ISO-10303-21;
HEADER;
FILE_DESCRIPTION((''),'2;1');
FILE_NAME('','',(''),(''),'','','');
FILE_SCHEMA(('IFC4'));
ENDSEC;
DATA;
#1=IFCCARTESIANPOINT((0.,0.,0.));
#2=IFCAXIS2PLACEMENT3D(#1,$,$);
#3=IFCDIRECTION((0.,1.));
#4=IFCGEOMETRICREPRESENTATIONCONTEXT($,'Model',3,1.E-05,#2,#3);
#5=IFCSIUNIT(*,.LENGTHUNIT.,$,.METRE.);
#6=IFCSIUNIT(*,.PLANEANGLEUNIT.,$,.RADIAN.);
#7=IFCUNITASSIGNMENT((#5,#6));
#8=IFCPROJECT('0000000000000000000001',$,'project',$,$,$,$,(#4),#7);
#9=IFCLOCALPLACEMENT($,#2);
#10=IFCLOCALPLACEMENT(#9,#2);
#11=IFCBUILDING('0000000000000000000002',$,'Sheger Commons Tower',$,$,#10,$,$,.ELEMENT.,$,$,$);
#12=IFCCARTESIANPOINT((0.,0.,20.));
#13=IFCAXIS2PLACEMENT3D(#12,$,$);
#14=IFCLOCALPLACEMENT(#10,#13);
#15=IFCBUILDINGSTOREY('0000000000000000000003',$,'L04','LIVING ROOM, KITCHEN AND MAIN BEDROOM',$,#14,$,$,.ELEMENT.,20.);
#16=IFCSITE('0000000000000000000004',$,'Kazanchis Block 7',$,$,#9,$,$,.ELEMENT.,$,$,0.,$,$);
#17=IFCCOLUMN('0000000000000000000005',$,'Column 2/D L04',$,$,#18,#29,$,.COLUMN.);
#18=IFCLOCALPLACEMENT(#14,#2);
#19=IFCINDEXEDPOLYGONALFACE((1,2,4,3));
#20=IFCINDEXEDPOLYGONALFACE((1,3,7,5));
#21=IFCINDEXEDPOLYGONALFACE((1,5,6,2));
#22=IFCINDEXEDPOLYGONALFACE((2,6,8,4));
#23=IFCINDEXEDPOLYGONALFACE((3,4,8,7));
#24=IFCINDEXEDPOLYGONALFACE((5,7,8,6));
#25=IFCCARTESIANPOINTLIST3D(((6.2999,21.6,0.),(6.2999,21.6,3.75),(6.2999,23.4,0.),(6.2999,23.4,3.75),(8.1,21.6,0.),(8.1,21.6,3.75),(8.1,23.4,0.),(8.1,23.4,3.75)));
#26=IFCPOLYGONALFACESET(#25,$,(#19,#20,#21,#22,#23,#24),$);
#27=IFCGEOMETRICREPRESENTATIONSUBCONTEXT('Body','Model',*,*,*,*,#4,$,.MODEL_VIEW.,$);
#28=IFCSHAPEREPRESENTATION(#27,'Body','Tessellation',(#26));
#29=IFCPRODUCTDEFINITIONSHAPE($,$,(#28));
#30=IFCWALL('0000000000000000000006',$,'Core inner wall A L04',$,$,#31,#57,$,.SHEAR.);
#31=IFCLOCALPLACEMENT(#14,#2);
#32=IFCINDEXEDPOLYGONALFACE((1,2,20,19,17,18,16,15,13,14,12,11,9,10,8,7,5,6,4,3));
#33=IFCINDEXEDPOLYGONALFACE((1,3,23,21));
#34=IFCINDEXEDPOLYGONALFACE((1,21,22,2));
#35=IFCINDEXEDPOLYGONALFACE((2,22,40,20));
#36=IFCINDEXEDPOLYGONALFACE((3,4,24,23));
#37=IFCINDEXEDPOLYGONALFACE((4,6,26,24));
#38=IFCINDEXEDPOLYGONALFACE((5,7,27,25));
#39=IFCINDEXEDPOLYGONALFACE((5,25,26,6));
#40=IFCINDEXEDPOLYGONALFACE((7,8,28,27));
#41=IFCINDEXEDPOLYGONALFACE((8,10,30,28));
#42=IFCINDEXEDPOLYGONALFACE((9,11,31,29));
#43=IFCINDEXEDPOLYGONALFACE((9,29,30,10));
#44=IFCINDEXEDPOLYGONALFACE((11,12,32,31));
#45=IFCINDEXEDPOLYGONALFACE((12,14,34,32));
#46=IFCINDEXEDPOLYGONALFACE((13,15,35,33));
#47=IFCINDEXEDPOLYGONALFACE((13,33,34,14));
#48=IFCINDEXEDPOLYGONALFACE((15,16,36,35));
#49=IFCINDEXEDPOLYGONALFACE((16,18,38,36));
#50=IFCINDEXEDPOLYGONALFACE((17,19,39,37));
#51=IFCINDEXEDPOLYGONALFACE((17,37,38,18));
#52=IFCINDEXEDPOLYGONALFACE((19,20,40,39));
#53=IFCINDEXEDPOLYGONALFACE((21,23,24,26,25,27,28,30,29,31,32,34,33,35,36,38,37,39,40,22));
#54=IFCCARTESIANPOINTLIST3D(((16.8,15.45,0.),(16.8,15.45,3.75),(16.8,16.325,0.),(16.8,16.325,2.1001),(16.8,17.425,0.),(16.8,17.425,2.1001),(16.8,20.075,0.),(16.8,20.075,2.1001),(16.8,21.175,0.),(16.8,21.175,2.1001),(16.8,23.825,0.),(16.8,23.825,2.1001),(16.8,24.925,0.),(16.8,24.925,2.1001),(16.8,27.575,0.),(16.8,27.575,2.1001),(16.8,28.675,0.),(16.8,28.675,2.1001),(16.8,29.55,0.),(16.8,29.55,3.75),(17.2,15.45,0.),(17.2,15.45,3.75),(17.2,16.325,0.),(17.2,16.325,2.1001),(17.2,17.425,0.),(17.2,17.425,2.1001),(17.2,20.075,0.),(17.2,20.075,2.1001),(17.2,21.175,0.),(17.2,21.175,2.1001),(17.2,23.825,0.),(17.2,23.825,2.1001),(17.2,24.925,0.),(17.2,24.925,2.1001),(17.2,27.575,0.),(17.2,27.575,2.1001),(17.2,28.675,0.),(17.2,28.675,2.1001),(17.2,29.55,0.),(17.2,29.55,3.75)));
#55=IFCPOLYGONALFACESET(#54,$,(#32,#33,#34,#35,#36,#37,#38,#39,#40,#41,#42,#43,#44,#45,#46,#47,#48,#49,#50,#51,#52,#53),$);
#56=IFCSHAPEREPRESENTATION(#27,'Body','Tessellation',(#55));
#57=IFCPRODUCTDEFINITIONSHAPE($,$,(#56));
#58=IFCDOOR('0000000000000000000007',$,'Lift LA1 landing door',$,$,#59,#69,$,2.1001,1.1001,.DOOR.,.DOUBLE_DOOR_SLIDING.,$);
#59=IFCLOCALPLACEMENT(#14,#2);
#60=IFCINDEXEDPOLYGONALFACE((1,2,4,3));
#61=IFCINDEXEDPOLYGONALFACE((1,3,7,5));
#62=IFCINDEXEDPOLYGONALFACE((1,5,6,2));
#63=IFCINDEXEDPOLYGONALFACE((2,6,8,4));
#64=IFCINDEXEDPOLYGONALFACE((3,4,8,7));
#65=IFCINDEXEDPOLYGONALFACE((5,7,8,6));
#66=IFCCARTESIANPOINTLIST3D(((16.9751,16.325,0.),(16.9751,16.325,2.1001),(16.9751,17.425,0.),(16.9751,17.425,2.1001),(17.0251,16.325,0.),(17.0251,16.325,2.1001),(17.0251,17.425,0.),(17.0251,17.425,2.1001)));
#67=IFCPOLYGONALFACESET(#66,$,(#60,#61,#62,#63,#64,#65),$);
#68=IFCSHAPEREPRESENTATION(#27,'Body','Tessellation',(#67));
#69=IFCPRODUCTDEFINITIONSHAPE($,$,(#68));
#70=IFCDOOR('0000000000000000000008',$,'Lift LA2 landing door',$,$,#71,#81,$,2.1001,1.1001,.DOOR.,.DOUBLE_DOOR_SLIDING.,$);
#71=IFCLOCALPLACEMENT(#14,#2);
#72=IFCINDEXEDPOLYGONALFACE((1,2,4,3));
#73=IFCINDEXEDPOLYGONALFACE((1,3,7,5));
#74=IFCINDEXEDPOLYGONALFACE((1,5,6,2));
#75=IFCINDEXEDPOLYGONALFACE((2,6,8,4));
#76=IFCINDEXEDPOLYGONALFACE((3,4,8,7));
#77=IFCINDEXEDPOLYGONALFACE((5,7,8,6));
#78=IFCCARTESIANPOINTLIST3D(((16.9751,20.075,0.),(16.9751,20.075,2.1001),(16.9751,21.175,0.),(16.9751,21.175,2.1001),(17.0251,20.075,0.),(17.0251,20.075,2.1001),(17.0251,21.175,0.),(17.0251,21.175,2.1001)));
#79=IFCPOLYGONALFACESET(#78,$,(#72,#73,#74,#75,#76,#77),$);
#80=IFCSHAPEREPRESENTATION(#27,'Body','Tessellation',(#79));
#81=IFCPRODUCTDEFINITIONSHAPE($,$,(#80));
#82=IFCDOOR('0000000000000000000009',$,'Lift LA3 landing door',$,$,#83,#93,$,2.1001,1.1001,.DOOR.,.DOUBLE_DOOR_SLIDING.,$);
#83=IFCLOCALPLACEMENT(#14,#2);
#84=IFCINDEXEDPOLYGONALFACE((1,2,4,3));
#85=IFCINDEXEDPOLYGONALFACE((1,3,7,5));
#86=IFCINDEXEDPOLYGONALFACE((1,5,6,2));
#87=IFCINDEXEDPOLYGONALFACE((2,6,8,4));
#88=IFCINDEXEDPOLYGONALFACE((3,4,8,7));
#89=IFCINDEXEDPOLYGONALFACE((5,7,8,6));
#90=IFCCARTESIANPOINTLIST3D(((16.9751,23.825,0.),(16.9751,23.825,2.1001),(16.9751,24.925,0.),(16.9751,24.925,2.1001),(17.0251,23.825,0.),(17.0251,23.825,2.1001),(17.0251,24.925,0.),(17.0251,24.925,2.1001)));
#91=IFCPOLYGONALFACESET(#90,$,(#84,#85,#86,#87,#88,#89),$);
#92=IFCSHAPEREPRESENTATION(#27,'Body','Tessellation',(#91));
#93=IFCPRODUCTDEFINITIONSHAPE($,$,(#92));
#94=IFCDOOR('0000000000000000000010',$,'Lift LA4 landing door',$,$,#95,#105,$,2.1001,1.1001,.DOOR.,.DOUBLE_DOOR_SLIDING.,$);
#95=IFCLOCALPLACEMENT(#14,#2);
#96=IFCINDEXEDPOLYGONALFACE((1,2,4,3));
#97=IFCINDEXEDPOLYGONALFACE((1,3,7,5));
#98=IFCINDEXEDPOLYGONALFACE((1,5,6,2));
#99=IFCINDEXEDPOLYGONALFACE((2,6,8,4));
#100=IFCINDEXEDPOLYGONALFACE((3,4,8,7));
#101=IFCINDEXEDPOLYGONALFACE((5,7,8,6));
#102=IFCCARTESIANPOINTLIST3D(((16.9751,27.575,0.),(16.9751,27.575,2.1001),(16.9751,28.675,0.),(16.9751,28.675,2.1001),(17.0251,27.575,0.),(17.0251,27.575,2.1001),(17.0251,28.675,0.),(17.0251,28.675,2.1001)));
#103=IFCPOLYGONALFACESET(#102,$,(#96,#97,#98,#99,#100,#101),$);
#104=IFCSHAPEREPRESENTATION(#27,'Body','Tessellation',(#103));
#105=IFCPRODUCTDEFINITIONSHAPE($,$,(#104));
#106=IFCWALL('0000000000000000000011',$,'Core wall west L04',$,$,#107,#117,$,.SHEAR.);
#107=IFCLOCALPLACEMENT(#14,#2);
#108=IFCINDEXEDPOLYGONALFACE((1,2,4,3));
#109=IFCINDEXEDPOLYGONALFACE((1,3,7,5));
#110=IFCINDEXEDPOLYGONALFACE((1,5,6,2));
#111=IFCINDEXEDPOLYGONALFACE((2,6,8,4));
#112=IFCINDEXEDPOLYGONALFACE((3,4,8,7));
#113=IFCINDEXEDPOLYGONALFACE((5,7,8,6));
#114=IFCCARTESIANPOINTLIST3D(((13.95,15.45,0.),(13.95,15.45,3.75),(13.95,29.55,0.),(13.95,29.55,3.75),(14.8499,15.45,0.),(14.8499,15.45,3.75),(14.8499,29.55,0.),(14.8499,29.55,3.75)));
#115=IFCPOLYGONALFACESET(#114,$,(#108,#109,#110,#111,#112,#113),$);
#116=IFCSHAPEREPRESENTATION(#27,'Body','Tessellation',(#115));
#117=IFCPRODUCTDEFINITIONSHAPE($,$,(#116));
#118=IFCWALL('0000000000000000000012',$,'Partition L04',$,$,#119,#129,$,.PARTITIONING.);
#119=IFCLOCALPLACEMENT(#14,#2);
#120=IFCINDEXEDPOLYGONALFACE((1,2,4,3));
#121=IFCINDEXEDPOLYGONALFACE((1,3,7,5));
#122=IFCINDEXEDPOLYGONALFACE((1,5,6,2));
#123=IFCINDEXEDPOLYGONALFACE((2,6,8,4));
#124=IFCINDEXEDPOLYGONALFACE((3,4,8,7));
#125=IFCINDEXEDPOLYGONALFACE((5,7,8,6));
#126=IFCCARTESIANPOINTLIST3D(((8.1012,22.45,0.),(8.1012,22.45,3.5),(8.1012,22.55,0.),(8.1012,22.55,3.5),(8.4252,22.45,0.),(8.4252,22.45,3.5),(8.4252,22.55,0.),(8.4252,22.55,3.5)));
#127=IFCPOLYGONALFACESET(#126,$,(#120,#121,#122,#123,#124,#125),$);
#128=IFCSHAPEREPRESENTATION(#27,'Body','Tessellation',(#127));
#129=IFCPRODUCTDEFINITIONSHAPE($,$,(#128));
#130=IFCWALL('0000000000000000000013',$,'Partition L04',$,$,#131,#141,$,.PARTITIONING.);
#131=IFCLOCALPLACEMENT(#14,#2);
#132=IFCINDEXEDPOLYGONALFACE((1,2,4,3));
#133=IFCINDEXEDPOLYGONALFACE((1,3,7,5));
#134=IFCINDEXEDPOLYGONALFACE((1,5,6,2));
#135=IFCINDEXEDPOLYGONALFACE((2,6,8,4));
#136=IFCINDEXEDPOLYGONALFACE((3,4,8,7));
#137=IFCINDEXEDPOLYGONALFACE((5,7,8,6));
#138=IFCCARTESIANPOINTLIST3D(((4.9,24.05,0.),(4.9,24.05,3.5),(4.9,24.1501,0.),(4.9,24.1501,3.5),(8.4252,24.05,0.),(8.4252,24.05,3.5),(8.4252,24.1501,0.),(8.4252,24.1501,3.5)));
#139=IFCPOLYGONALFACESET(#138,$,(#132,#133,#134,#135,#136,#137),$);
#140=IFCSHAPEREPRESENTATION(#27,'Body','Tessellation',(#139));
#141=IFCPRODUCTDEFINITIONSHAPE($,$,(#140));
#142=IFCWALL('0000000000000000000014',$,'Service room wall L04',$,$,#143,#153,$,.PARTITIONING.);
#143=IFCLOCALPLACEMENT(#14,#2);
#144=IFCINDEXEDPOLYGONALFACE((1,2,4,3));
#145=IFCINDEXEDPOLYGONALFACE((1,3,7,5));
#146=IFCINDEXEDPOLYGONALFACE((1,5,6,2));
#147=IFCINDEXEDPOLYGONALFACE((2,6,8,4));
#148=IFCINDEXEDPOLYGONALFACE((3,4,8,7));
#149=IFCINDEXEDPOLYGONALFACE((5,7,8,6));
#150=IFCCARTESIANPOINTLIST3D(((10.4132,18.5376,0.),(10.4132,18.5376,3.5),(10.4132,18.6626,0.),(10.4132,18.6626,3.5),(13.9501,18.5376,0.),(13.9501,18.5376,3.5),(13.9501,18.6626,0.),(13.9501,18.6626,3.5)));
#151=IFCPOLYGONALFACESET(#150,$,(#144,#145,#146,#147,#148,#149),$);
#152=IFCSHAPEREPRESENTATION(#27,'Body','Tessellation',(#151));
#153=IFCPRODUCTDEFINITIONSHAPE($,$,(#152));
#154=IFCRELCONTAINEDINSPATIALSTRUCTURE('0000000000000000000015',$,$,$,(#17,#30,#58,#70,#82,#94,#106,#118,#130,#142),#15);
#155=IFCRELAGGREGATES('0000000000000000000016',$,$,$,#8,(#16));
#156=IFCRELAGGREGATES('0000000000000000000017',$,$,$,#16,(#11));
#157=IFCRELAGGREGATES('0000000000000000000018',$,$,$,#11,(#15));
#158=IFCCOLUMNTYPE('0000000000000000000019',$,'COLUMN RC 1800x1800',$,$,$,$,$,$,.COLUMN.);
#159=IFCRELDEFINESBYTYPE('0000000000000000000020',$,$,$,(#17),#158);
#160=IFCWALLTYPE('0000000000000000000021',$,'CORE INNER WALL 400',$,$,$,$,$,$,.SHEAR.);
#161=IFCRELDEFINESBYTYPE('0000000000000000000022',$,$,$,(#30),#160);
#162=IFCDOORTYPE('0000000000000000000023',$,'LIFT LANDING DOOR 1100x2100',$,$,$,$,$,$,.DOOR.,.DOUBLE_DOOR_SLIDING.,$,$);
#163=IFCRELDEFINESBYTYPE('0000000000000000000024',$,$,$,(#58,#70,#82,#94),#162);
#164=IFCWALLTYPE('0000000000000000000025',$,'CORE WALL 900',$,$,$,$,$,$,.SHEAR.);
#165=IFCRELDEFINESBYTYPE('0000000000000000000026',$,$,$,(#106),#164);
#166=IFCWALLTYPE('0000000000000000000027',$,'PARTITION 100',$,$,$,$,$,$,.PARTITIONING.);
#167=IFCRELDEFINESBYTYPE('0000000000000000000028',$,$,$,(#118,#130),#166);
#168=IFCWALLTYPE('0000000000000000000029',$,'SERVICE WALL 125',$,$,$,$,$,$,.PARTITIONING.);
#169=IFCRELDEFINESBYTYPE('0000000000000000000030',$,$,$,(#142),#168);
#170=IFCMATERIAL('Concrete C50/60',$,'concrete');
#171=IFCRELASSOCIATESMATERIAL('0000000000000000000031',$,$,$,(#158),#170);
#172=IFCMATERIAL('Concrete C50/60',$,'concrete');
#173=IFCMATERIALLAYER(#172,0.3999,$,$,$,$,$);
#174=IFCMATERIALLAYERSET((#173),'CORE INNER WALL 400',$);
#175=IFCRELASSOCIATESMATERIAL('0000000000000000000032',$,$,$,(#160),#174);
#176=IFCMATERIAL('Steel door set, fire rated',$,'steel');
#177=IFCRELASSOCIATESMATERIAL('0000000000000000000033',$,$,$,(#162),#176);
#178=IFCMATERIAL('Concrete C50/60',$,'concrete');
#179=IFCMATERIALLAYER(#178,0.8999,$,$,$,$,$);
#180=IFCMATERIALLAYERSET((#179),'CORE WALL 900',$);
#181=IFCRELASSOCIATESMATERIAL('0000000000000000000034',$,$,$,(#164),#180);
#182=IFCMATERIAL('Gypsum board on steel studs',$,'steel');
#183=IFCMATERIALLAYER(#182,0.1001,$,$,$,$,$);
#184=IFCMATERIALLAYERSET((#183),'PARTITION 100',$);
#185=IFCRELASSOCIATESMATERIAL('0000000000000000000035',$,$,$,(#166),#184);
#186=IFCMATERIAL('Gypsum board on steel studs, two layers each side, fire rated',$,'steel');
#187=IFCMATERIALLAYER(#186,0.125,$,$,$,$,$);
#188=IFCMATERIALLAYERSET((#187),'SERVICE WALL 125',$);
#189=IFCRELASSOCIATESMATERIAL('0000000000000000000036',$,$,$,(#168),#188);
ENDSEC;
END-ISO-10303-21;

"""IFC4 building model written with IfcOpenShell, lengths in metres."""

from ifc_helpers import new_model, si_unit, direction, frame, frame_2d, origin, origin_2d, place, context, subcontext, project, spatial, rectangle, extrude, material, layer, layer_set, material_profile, profile_set, type_object, element, fill, save


model = new_model("IFC4")

# Units and contexts
model_context = context("Model", 3, precision=1e-05, world=origin(), true_north=direction((0.0, 1.0)))
body_context = subcontext(model_context, "Body", "Model", "MODEL_VIEW")
ifc_project = project(units=[si_unit("LENGTHUNIT", "METRE"), si_unit("PLANEANGLEUNIT", "RADIAN")], contexts=[model_context])

# Site, building, storey
site_placement = place(None, origin())
site = spatial("IfcSite", under=ifc_project, at=site_placement, Name="Kazanchis Block 7", CompositionType="ELEMENT", RefElevation=0.0)
building_placement = place(site_placement, origin())
building = spatial("IfcBuilding", under=site, at=building_placement, Name="Sheger Commons Tower", CompositionType="ELEMENT")
storey_placement = place(building_placement, frame((0.0, 0.0, 20.0)))
storey = spatial("IfcBuildingStorey", under=building, at=storey_placement, Name="L04", Description="LIVING ROOM, KITCHEN AND MAIN BEDROOM", CompositionType="ELEMENT", Elevation=20.0)

# Column
ifc_material_1 = material(Name="Concrete C50/60", Category="concrete")
ifc_material_profile = material_profile(ifc_material_1, rectangle(XDim=1.8, YDim=1.8, at=origin_2d()), Name="RC 1800x1800")
ifc_profile_set = profile_set([ifc_material_profile], Name="Concrete C50/60")
column_type = type_object("IfcColumnType", Name="COLUMN RC 1800x1800", PredefinedType="COLUMN", material=ifc_profile_set)
column_placement = place(storey_placement, frame((7.2, 22.5, 0.0), z_axis=(0.0, 0.0, 1.0), x_axis=(1.0, 0.0, 0.0)))
element("IfcColumn", 1, at=column_placement, inside=storey, type_object=column_type, Name="Column 2/D L04", PredefinedType="COLUMN", context=body_context, shape_type="SweptSolid", body=[
    extrude(rectangle(XDim=1.8, YDim=1.8, at=origin_2d()), origin(), (0.0, 0.0, 1.0), 3.75),
])

# Wall, openings, doors
ifc_material_2 = material(Name="Concrete C50/60", Category="concrete")
ifc_layer_1 = layer(ifc_material_2, 0.3999)
ifc_layer_set_1 = layer_set([ifc_layer_1], Name="CORE INNER WALL 400")
wall_type_1 = type_object("IfcWallType", Name="CORE INNER WALL 400", PredefinedType="SHEAR", material=ifc_layer_set_1)
wall_1_placement = place(storey_placement, frame((17.0, 15.45, 0.0), z_axis=(0.0, 0.0, 1.0), x_axis=(0.0, 1.0, 0.0)))
wall_1 = element("IfcWall", 2, at=wall_1_placement, inside=storey, type_object=wall_type_1, Name="Core inner wall A L04", PredefinedType="SHEAR", context=body_context, shape_type="SweptSolid", body=[
    extrude(rectangle(XDim=14.1001, YDim=0.3999, at=frame_2d((7.05, 0.0))), origin(), (0.0, 0.0, 1.0), 3.75),
])
opening_1_placement = place(wall_1_placement, frame((0.875, 0.0, 0.0)))
opening_1 = element("IfcOpeningElement", 3, at=opening_1_placement, cuts=wall_1, PredefinedType="OPENING", context=body_context, shape_type="SweptSolid", body=[
    extrude(rectangle(XDim=1.1001, YDim=2.1001, at=frame_2d((0.55, 1.05))), frame((0.0, 0.21, 0.0), z_axis=(0.0, -1.0, 0.0), x_axis=(1.0, 0.0, 0.0)), (0.0, 0.0, 1.0), 0.4199),
])
opening_2_placement = place(wall_1_placement, frame((4.625, 0.0, 0.0)))
opening_2 = element("IfcOpeningElement", 4, at=opening_2_placement, cuts=wall_1, PredefinedType="OPENING", context=body_context, shape_type="SweptSolid", body=[
    extrude(rectangle(XDim=1.1001, YDim=2.1001, at=frame_2d((0.55, 1.05))), frame((0.0, 0.21, 0.0), z_axis=(0.0, -1.0, 0.0), x_axis=(1.0, 0.0, 0.0)), (0.0, 0.0, 1.0), 0.4199),
])
opening_3_placement = place(wall_1_placement, frame((8.375, 0.0, 0.0)))
opening_3 = element("IfcOpeningElement", 5, at=opening_3_placement, cuts=wall_1, PredefinedType="OPENING", context=body_context, shape_type="SweptSolid", body=[
    extrude(rectangle(XDim=1.1001, YDim=2.1001, at=frame_2d((0.55, 1.05))), frame((0.0, 0.21, 0.0), z_axis=(0.0, -1.0, 0.0), x_axis=(1.0, 0.0, 0.0)), (0.0, 0.0, 1.0), 0.4199),
])
opening_4_placement = place(wall_1_placement, frame((12.125, 0.0, 0.0)))
opening_4 = element("IfcOpeningElement", 6, at=opening_4_placement, cuts=wall_1, PredefinedType="OPENING", context=body_context, shape_type="SweptSolid", body=[
    extrude(rectangle(XDim=1.1001, YDim=2.1001, at=frame_2d((0.55, 1.05))), frame((0.0, 0.21, 0.0), z_axis=(0.0, -1.0, 0.0), x_axis=(1.0, 0.0, 0.0)), (0.0, 0.0, 1.0), 0.4199),
])
ifc_material_3 = material(Name="Steel door set, fire rated", Category="steel")
door_type_1 = type_object("IfcDoorType", Name="LIFT LANDING DOOR 1100x2100", OperationType="DOUBLE_DOOR_SLIDING", PredefinedType="DOOR", material=ifc_material_3)
door_1_placement = place(opening_1_placement, origin())
door_1 = element("IfcDoor", 7, at=door_1_placement, inside=storey, type_object=door_type_1, Name="Lift LA1 landing door", OperationType="DOUBLE_DOOR_SLIDING", OverallHeight=2.1001, OverallWidth=1.1001, PredefinedType="DOOR", context=body_context, shape_type="SweptSolid", body=[
    extrude(rectangle(XDim=1.1001, YDim=2.1001, at=frame_2d((0.55, 1.05))), frame((0.0, 0.0249, 0.0), z_axis=(0.0, -1.0, 0.0), x_axis=(1.0, 0.0, 0.0)), (0.0, 0.0, 1.0), 0.05),
])
fill(opening_1, door_1)
door_2_placement = place(opening_2_placement, origin())
door_2 = element("IfcDoor", 8, at=door_2_placement, inside=storey, type_object=door_type_1, Name="Lift LA2 landing door", OperationType="DOUBLE_DOOR_SLIDING", OverallHeight=2.1001, OverallWidth=1.1001, PredefinedType="DOOR", context=body_context, shape_type="SweptSolid", body=[
    extrude(rectangle(XDim=1.1001, YDim=2.1001, at=frame_2d((0.55, 1.05))), frame((0.0, 0.0249, 0.0), z_axis=(0.0, -1.0, 0.0), x_axis=(1.0, 0.0, 0.0)), (0.0, 0.0, 1.0), 0.05),
])
fill(opening_2, door_2)
door_3_placement = place(opening_3_placement, origin())
door_3 = element("IfcDoor", 9, at=door_3_placement, inside=storey, type_object=door_type_1, Name="Lift LA3 landing door", OperationType="DOUBLE_DOOR_SLIDING", OverallHeight=2.1001, OverallWidth=1.1001, PredefinedType="DOOR", context=body_context, shape_type="SweptSolid", body=[
    extrude(rectangle(XDim=1.1001, YDim=2.1001, at=frame_2d((0.55, 1.05))), frame((0.0, 0.0249, 0.0), z_axis=(0.0, -1.0, 0.0), x_axis=(1.0, 0.0, 0.0)), (0.0, 0.0, 1.0), 0.05),
])
fill(opening_3, door_3)
door_4_placement = place(opening_4_placement, origin())
door_4 = element("IfcDoor", 10, at=door_4_placement, inside=storey, type_object=door_type_1, Name="Lift LA4 landing door", OperationType="DOUBLE_DOOR_SLIDING", OverallHeight=2.1001, OverallWidth=1.1001, PredefinedType="DOOR", context=body_context, shape_type="SweptSolid", body=[
    extrude(rectangle(XDim=1.1001, YDim=2.1001, at=frame_2d((0.55, 1.05))), frame((0.0, 0.0249, 0.0), z_axis=(0.0, -1.0, 0.0), x_axis=(1.0, 0.0, 0.0)), (0.0, 0.0, 1.0), 0.05),
])
fill(opening_4, door_4)

# Walls
ifc_material_4 = material(Name="Concrete C50/60", Category="concrete")
ifc_layer_2 = layer(ifc_material_4, 0.8999)
ifc_layer_set_2 = layer_set([ifc_layer_2], Name="CORE WALL 900")
wall_type_2 = type_object("IfcWallType", Name="CORE WALL 900", PredefinedType="SHEAR", material=ifc_layer_set_2)
wall_2_placement = place(storey_placement, frame((14.3999, 15.45, 0.0), z_axis=(0.0, 0.0, 1.0), x_axis=(0.0, 1.0, 0.0)))
element("IfcWall", 11, at=wall_2_placement, inside=storey, type_object=wall_type_2, Name="Core wall west L04", PredefinedType="SHEAR", context=body_context, shape_type="SweptSolid", body=[
    extrude(rectangle(XDim=14.1001, YDim=0.8999, at=frame_2d((7.05, 0.0))), origin(), (0.0, 0.0, 1.0), 3.75),
])
ifc_material_5 = material(Name="Gypsum board on steel studs", Category="steel")
ifc_layer_3 = layer(ifc_material_5, 0.1001)
ifc_layer_set_3 = layer_set([ifc_layer_3], Name="PARTITION 100")
wall_type_3 = type_object("IfcWallType", Name="PARTITION 100", PredefinedType="PARTITIONING", material=ifc_layer_set_3)
wall_3_placement = place(storey_placement, frame((8.1011, 22.5, 0.0), z_axis=(0.0, 0.0, 1.0), x_axis=(1.0, 0.0, 0.0)))
element("IfcWall", 12, at=wall_3_placement, inside=storey, type_object=wall_type_3, Name="Partition L04", PredefinedType="PARTITIONING", context=body_context, shape_type="SweptSolid", body=[
    extrude(rectangle(XDim=0.324, YDim=0.1001, at=frame_2d((0.1621, 0.0))), origin(), (0.0, 0.0, 1.0), 3.5),
])
wall_4_placement = place(storey_placement, frame((4.8999, 24.1001, 0.0), z_axis=(0.0, 0.0, 1.0), x_axis=(1.0, 0.0, 0.0)))
element("IfcWall", 13, at=wall_4_placement, inside=storey, type_object=wall_type_3, Name="Partition L04", PredefinedType="PARTITIONING", context=body_context, shape_type="SweptSolid", body=[
    extrude(rectangle(XDim=3.5251, YDim=0.1001, at=frame_2d((1.7627, 0.0))), origin(), (0.0, 0.0, 1.0), 3.5),
])
ifc_material_6 = material(Name="Gypsum board on steel studs, two layers each side, fire rated", Category="steel")
ifc_layer_4 = layer(ifc_material_6, 0.125)
ifc_layer_set_4 = layer_set([ifc_layer_4], Name="SERVICE WALL 125")
wall_type_4 = type_object("IfcWallType", Name="SERVICE WALL 125", PredefinedType="PARTITIONING", material=ifc_layer_set_4)
wall_5_placement = place(storey_placement, frame((10.4131, 18.6001, 0.0), z_axis=(0.0, 0.0, 1.0), x_axis=(1.0, 0.0, 0.0)))
element("IfcWall", 14, at=wall_5_placement, inside=storey, type_object=wall_type_4, Name="Service room wall L04", PredefinedType="PARTITIONING", context=body_context, shape_type="SweptSolid", body=[
    extrude(rectangle(XDim=3.5369, YDim=0.125, at=frame_2d((1.7686, 0.0))), origin(), (0.0, 0.0, 1.0), 3.5),
])

save(model, "model.ifc")
